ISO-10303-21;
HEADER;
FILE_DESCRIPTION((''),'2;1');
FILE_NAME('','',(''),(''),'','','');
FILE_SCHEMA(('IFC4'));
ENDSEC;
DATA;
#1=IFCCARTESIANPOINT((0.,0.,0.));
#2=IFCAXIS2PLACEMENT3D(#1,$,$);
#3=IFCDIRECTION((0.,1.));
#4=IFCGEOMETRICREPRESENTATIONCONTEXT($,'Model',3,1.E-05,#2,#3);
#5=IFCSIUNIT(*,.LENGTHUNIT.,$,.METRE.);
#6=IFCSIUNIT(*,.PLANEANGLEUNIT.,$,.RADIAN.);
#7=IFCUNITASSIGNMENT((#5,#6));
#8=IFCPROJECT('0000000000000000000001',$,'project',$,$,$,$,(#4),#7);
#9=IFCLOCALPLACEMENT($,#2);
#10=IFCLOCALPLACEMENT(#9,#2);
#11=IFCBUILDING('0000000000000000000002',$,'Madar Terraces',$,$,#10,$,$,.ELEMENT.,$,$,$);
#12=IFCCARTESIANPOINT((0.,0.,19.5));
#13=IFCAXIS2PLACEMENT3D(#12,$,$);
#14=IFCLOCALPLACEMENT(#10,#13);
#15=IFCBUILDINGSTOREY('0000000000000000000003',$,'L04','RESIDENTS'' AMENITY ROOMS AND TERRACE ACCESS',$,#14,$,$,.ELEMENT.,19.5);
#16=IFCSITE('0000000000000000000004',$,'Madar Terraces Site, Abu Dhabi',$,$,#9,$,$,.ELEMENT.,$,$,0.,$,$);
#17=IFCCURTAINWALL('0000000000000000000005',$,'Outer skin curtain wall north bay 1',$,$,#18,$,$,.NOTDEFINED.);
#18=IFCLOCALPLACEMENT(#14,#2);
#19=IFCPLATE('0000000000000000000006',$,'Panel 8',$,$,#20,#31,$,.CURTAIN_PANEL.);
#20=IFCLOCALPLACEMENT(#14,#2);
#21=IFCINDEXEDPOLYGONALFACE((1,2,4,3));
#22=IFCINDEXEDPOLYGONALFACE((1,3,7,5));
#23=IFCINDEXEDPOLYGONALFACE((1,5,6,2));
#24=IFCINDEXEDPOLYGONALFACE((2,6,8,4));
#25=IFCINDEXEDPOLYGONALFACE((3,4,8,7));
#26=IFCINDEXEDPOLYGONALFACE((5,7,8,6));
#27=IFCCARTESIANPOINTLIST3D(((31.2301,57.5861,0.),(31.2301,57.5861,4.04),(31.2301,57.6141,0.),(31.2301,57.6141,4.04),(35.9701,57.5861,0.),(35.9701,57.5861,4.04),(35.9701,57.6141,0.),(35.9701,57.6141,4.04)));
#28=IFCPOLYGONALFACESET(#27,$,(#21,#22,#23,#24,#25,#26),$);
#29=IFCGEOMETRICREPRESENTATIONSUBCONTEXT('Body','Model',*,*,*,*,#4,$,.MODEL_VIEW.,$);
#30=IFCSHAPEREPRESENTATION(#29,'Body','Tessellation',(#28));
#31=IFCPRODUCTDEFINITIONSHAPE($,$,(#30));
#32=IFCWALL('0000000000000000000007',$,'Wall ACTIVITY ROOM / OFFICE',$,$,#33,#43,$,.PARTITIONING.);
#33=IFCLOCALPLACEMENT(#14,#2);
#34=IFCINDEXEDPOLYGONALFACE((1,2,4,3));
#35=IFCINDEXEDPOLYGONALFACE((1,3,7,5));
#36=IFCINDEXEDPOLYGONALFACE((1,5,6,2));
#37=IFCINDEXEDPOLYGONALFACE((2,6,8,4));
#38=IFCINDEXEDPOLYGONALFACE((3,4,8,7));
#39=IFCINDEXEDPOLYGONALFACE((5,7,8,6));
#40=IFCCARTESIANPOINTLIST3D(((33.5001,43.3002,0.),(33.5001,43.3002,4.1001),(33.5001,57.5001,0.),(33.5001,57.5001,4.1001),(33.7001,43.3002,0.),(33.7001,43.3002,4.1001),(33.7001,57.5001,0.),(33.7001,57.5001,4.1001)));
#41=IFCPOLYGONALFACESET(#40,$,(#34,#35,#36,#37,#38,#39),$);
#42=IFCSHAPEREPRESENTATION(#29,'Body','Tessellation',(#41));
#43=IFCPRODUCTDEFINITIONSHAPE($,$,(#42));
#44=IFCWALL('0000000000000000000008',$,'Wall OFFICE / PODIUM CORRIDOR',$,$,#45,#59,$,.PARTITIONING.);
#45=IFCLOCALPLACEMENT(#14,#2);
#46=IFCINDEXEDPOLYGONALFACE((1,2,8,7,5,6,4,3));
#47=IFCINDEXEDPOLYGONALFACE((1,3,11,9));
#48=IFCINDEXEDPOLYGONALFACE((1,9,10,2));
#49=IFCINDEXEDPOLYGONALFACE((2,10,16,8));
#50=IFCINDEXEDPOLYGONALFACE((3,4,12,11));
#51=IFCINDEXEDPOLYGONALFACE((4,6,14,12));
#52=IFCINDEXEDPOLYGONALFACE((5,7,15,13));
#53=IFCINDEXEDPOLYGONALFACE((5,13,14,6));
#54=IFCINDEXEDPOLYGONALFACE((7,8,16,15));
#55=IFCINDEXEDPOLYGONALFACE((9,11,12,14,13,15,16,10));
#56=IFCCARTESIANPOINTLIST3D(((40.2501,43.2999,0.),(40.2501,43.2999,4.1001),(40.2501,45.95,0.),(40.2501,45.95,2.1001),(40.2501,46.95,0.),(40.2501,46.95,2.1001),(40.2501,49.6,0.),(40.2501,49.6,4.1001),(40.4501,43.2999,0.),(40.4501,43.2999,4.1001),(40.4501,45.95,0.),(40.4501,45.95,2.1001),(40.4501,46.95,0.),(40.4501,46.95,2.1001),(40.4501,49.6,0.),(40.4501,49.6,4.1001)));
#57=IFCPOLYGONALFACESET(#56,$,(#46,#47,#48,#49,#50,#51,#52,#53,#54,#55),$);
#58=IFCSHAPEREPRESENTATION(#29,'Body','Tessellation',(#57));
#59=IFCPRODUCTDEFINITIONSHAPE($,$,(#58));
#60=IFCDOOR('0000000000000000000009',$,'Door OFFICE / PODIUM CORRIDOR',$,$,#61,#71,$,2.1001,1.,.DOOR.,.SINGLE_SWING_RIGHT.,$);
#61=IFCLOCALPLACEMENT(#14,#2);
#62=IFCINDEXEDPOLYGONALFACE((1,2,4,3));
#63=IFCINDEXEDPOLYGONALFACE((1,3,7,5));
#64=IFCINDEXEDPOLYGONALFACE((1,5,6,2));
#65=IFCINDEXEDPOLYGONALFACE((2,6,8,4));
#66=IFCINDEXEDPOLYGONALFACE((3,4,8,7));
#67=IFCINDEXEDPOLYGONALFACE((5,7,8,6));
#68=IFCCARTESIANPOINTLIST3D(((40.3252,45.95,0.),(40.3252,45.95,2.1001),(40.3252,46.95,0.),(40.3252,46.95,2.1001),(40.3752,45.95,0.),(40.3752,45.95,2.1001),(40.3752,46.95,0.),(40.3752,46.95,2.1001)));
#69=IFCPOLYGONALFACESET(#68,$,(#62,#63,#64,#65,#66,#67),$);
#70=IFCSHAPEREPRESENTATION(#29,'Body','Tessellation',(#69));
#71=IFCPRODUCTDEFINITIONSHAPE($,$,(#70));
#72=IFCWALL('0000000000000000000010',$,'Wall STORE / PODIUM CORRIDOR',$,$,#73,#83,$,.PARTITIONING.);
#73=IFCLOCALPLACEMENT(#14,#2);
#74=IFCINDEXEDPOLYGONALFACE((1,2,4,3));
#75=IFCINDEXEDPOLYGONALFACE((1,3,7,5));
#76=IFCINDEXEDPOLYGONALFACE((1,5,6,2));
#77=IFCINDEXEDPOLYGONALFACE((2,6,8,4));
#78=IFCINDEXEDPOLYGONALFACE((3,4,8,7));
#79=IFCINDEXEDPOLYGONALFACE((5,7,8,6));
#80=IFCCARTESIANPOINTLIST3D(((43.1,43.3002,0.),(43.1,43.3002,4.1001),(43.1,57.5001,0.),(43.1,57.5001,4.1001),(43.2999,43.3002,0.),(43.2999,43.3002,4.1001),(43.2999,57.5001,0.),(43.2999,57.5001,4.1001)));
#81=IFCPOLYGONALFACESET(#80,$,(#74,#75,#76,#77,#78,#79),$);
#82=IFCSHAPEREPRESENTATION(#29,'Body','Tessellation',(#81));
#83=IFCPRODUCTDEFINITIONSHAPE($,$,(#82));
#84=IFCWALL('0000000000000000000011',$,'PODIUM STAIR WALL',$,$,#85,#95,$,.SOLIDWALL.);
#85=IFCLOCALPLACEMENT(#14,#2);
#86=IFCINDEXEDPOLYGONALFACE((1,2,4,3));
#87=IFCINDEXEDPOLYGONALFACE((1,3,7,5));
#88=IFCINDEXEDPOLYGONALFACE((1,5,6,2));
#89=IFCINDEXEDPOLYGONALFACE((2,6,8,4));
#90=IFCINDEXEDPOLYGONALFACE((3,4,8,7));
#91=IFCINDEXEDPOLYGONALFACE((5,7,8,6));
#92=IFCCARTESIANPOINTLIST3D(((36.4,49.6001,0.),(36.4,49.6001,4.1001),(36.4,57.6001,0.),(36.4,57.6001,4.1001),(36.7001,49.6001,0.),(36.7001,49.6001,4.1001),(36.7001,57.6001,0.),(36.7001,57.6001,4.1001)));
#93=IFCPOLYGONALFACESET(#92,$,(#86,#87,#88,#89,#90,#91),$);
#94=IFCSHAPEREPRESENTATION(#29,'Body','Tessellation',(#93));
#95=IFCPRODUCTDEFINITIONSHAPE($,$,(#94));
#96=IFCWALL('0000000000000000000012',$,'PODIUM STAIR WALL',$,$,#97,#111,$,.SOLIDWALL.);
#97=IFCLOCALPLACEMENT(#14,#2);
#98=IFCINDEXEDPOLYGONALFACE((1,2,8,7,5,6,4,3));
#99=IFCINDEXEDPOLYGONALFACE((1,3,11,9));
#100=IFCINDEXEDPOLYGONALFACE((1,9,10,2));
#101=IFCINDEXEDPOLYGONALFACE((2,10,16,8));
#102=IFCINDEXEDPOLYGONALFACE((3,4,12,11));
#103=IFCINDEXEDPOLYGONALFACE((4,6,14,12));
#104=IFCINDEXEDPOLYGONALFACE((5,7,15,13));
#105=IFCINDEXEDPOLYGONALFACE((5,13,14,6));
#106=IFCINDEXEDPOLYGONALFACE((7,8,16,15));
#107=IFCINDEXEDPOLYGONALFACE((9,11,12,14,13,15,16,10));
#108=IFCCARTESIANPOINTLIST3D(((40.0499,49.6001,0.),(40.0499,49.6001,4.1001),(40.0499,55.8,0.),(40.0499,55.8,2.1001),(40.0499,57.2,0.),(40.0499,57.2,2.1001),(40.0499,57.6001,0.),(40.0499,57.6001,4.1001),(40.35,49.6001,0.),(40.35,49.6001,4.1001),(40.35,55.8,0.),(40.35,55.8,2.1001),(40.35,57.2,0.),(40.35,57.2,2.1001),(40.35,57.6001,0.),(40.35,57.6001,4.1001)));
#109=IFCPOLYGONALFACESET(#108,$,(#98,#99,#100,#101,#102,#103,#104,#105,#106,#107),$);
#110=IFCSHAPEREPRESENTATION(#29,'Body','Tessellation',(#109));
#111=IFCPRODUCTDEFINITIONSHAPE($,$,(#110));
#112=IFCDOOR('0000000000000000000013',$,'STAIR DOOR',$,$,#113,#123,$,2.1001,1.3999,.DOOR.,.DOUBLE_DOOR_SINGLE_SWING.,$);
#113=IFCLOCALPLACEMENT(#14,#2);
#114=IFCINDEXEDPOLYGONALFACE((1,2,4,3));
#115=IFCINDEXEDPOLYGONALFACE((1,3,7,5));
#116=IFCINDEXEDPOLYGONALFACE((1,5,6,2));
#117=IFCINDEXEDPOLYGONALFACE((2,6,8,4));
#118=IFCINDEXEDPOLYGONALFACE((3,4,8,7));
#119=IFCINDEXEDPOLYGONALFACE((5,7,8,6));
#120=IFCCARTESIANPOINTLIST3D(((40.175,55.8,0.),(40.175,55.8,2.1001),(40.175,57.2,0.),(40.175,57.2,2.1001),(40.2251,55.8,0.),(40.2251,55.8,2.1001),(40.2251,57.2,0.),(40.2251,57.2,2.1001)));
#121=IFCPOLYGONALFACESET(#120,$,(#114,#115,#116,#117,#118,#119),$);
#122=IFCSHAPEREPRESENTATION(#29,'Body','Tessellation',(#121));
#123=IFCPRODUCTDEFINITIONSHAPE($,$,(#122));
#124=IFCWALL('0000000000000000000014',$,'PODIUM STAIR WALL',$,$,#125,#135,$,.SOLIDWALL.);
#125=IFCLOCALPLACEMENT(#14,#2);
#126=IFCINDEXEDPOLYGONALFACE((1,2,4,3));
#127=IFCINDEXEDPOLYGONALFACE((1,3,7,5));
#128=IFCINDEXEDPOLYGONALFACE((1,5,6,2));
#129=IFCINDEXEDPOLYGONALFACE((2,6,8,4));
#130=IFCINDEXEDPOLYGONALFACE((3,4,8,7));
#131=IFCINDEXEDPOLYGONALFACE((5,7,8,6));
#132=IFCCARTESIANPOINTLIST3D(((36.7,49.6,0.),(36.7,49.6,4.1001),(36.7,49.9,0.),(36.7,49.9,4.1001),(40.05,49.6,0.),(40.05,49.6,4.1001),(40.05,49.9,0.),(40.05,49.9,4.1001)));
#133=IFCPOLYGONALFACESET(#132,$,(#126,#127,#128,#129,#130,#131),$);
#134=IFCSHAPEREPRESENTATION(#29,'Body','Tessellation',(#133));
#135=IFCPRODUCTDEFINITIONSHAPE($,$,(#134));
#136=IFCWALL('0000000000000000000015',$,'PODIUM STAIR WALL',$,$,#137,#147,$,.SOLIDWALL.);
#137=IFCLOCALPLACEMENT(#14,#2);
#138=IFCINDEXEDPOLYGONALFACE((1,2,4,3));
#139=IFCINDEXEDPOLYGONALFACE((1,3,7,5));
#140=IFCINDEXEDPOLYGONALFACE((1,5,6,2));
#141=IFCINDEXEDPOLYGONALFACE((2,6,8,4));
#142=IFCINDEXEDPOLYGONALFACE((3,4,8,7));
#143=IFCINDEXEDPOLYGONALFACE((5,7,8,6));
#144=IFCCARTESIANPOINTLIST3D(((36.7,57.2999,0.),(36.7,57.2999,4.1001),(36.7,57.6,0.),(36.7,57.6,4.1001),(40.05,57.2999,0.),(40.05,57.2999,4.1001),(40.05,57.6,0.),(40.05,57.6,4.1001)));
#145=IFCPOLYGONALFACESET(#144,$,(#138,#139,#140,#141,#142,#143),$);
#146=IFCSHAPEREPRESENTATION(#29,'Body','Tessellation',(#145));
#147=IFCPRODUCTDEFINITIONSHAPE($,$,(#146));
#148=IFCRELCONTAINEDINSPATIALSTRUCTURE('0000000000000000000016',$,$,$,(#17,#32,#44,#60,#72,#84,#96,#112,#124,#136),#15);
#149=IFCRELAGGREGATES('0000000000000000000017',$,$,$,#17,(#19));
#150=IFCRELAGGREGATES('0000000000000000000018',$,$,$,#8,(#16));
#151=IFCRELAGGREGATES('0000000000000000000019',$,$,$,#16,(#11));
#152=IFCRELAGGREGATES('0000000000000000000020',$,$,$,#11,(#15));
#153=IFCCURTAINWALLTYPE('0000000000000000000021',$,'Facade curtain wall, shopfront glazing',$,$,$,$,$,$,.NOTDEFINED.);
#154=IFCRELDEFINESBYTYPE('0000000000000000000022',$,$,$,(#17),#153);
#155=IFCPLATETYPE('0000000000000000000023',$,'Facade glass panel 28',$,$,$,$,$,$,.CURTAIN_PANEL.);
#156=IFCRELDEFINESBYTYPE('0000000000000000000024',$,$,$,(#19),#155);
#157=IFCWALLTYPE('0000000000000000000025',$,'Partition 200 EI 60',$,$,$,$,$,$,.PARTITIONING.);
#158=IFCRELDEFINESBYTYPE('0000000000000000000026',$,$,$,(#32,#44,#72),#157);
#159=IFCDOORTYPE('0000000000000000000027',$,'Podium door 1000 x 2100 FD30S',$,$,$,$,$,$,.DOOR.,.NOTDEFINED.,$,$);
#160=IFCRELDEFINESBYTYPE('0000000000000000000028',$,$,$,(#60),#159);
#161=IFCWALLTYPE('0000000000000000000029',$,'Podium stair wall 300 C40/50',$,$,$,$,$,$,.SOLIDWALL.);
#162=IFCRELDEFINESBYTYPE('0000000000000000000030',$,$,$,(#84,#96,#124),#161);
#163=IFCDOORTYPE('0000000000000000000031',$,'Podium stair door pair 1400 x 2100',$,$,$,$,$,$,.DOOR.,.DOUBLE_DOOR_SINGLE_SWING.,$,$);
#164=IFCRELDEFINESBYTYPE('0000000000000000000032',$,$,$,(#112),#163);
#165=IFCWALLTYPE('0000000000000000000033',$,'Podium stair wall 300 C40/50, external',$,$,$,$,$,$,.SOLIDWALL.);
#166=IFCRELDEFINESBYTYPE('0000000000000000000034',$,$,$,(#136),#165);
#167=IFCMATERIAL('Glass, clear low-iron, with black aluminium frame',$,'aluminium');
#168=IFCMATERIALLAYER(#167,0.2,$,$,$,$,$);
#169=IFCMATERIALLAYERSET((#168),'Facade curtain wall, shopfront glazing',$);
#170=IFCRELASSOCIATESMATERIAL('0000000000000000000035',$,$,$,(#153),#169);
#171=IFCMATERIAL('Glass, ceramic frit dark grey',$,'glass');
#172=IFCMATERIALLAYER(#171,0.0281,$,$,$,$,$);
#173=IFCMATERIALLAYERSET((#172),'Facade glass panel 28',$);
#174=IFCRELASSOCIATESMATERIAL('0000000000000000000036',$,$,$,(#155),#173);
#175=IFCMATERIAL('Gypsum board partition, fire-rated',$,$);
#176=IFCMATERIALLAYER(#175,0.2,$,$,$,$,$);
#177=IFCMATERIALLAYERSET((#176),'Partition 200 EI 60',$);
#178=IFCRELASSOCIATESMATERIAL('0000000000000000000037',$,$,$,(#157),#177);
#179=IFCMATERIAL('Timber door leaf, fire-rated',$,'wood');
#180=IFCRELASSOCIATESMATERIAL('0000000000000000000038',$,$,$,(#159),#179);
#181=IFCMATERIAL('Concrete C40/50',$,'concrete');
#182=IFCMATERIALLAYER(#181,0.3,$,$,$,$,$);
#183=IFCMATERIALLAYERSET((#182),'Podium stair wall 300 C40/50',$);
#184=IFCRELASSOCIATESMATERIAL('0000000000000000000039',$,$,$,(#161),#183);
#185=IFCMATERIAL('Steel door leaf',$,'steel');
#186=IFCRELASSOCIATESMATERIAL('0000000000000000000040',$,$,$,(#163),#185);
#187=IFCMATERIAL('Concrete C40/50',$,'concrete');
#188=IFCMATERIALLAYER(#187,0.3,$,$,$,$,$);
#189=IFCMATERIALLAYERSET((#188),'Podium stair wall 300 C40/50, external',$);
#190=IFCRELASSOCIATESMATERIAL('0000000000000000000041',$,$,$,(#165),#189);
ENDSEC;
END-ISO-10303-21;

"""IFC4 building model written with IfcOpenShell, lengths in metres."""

from ifc_helpers import new_model, si_unit, direction, frame, frame_2d, origin, origin_2d, place, context, subcontext, project, spatial, rectangle, extrude, material, layer, layer_set, type_object, element, fill, aggregate, save


model = new_model("IFC4")

# Units and contexts
model_context = context("Model", 3, precision=1e-05, world=origin(), true_north=direction((0.0, 1.0)))
body_context = subcontext(model_context, "Body", "Model", "MODEL_VIEW")
ifc_project = project(units=[si_unit("LENGTHUNIT", "METRE"), si_unit("PLANEANGLEUNIT", "RADIAN")], contexts=[model_context])

# Site, building, storey
site_placement = place(None, origin())
site = spatial("IfcSite", under=ifc_project, at=site_placement, Name="Madar Terraces Site, Abu Dhabi", CompositionType="ELEMENT", RefElevation=0.0)
building_placement = place(site_placement, origin())
building = spatial("IfcBuilding", under=site, at=building_placement, Name="Madar Terraces", CompositionType="ELEMENT")
storey_placement = place(building_placement, frame((0.0, 0.0, 19.5)))
storey = spatial("IfcBuildingStorey", under=building, at=storey_placement, Name="L04", Description="RESIDENTS' AMENITY ROOMS AND TERRACE ACCESS", CompositionType="ELEMENT", Elevation=19.5)

# Curtain wall, plate
ifc_material_1 = material(Name="Glass, clear low-iron, with black aluminium frame", Category="aluminium")
ifc_layer_1 = layer(ifc_material_1, 0.2)
ifc_layer_set_1 = layer_set([ifc_layer_1], Name="Facade curtain wall, shopfront glazing")
curtain_wall_type = type_object("IfcCurtainWallType", Name="Facade curtain wall, shopfront glazing", PredefinedType="NOTDEFINED", material=ifc_layer_set_1)
curtain_wall_placement = place(storey_placement, origin())
curtain_wall = element("IfcCurtainWall", 1, at=curtain_wall_placement, inside=storey, type_object=curtain_wall_type, Name="Outer skin curtain wall north bay 1", PredefinedType="NOTDEFINED")
ifc_material_2 = material(Name="Glass, ceramic frit dark grey", Category="glass")
ifc_layer_2 = layer(ifc_material_2, 0.0281)
ifc_layer_set_2 = layer_set([ifc_layer_2], Name="Facade glass panel 28")
plate_type = type_object("IfcPlateType", Name="Facade glass panel 28", PredefinedType="CURTAIN_PANEL", material=ifc_layer_set_2)
plate_1_placement = place(storey_placement, frame((33.6001, 57.6001, 0.0), z_axis=(0.0, 0.0, 1.0), x_axis=(-1.0, 0.0, 0.0)))
plate_1 = element("IfcPlate", 2, at=plate_1_placement, type_object=plate_type, Name="Panel 8", PredefinedType="CURTAIN_PANEL", context=body_context, shape_type="SweptSolid", body=[
    extrude(rectangle(XDim=4.74, YDim=0.0281, at=origin_2d()), origin(), (0.0, 0.0, 1.0), 4.04),
])
aggregate(curtain_wall, [plate_1])

# Wall
ifc_material_3 = material(Name="Gypsum board partition, fire-rated")
ifc_layer_3 = layer(ifc_material_3, 0.2)
ifc_layer_set_3 = layer_set([ifc_layer_3], Name="Partition 200 EI 60")
wall_type_1 = type_object("IfcWallType", Name="Partition 200 EI 60", PredefinedType="PARTITIONING", material=ifc_layer_set_3)
wall_1_placement = place(storey_placement, frame((33.6001, 43.3, 0.0), z_axis=(0.0, 0.0, 1.0), x_axis=(0.0, 1.0, 0.0)))
element("IfcWall", 3, at=wall_1_placement, inside=storey, type_object=wall_type_1, Name="Wall ACTIVITY ROOM / OFFICE", PredefinedType="PARTITIONING", context=body_context, shape_type="SweptSolid", body=[
    extrude(rectangle(XDim=14.2, YDim=0.2, at=frame_2d((7.1001, 0.0))), origin(), (0.0, 0.0, 1.0), 4.1001),
])

# Wall, opening, door
wall_2_placement = place(storey_placement, frame((40.3501, 43.3, 0.0), z_axis=(0.0, 0.0, 1.0), x_axis=(0.0, 1.0, 0.0)))
wall_2 = element("IfcWall", 4, at=wall_2_placement, inside=storey, type_object=wall_type_1, Name="Wall OFFICE / PODIUM CORRIDOR", PredefinedType="PARTITIONING", context=body_context, shape_type="SweptSolid", body=[
    extrude(rectangle(XDim=6.3, YDim=0.2, at=frame_2d((3.1499, 0.0))), origin(), (0.0, 0.0, 1.0), 4.1001),
])
opening_1_placement = place(wall_2_placement, frame((2.6499, 0.0, 0.0)))
opening_1 = element("IfcOpeningElement", 5, at=opening_1_placement, cuts=wall_2, PredefinedType="OPENING", context=body_context, shape_type="SweptSolid", body=[
    extrude(rectangle(XDim=1.0, YDim=2.1001, at=frame_2d((0.5, 1.05))), frame((0.0, 0.1099, 0.0), z_axis=(0.0, -1.0, 0.0), x_axis=(1.0, 0.0, 0.0)), (0.0, 0.0, 1.0), 0.22),
])
ifc_material_4 = material(Name="Timber door leaf, fire-rated", Category="wood")
door_type_1 = type_object("IfcDoorType", Name="Podium door 1000 x 2100 FD30S", OperationType="NOTDEFINED", PredefinedType="DOOR", material=ifc_material_4)
door_1_placement = place(opening_1_placement, origin())
door_1 = element("IfcDoor", 6, at=door_1_placement, inside=storey, type_object=door_type_1, Name="Door OFFICE / PODIUM CORRIDOR", OperationType="SINGLE_SWING_RIGHT", OverallHeight=2.1001, OverallWidth=1.0, PredefinedType="DOOR", context=body_context, shape_type="SweptSolid", body=[
    extrude(rectangle(XDim=1.0, YDim=2.1001, at=frame_2d((0.5, 1.05))), frame((0.0, 0.0249, 0.0), z_axis=(0.0, -1.0, 0.0), x_axis=(1.0, 0.0, 0.0)), (0.0, 0.0, 1.0), 0.05),
])
fill(opening_1, door_1)

# Walls
wall_3_placement = place(storey_placement, frame((43.2, 43.3, 0.0), z_axis=(0.0, 0.0, 1.0), x_axis=(0.0, 1.0, 0.0)))
element("IfcWall", 7, at=wall_3_placement, inside=storey, type_object=wall_type_1, Name="Wall STORE / PODIUM CORRIDOR", PredefinedType="PARTITIONING", context=body_context, shape_type="SweptSolid", body=[
    extrude(rectangle(XDim=14.2, YDim=0.2, at=frame_2d((7.1001, 0.0))), origin(), (0.0, 0.0, 1.0), 4.1001),
])
ifc_material_5 = material(Name="Concrete C40/50", Category="concrete")
ifc_layer_4 = layer(ifc_material_5, 0.3)
ifc_layer_set_4 = layer_set([ifc_layer_4], Name="Podium stair wall 300 C40/50")
wall_type_2 = type_object("IfcWallType", Name="Podium stair wall 300 C40/50", PredefinedType="SOLIDWALL", material=ifc_layer_set_4)
wall_4_placement = place(storey_placement, frame((36.55, 49.6001, 0.0), z_axis=(0.0, 0.0, 1.0), x_axis=(0.0, 1.0, 0.0)))
element("IfcWall", 8, at=wall_4_placement, inside=storey, type_object=wall_type_2, Name="PODIUM STAIR WALL", PredefinedType="SOLIDWALL", context=body_context, shape_type="SweptSolid", body=[
    extrude(rectangle(XDim=8.0, YDim=0.3, at=frame_2d((4.0, 0.0))), origin(), (0.0, 0.0, 1.0), 4.1001),
])

# Wall, opening, door
wall_5_placement = place(storey_placement, frame((40.2, 49.6001, 0.0), z_axis=(0.0, 0.0, 1.0), x_axis=(0.0, 1.0, 0.0)))
wall_5 = element("IfcWall", 9, at=wall_5_placement, inside=storey, type_object=wall_type_2, Name="PODIUM STAIR WALL", PredefinedType="SOLIDWALL", context=body_context, shape_type="SweptSolid", body=[
    extrude(rectangle(XDim=8.0, YDim=0.3, at=frame_2d((4.0, 0.0))), origin(), (0.0, 0.0, 1.0), 4.1001),
])
opening_2_placement = place(wall_5_placement, frame((6.2, 0.0, 0.0)))
opening_2 = element("IfcOpeningElement", 10, at=opening_2_placement, cuts=wall_5, PredefinedType="OPENING", context=body_context, shape_type="SweptSolid", body=[
    extrude(rectangle(XDim=1.3999, YDim=2.1001, at=frame_2d((0.7, 1.05))), frame((0.0, 0.1599, 0.0), z_axis=(0.0, -1.0, 0.0), x_axis=(1.0, 0.0, 0.0)), (0.0, 0.0, 1.0), 0.3201),
])
ifc_material_6 = material(Name="Steel door leaf", Category="steel")
door_type_2 = type_object("IfcDoorType", Name="Podium stair door pair 1400 x 2100", OperationType="DOUBLE_DOOR_SINGLE_SWING", PredefinedType="DOOR", material=ifc_material_6)
door_2_placement = place(opening_2_placement, origin())
door_2 = element("IfcDoor", 11, at=door_2_placement, inside=storey, type_object=door_type_2, Name="STAIR DOOR", OperationType="DOUBLE_DOOR_SINGLE_SWING", OverallHeight=2.1001, OverallWidth=1.3999, PredefinedType="DOOR", context=body_context, shape_type="SweptSolid", body=[
    extrude(rectangle(XDim=1.3999, YDim=2.1001, at=frame_2d((0.7, 1.05))), frame((0.0, 0.0249, 0.0), z_axis=(0.0, -1.0, 0.0), x_axis=(1.0, 0.0, 0.0)), (0.0, 0.0, 1.0), 0.05),
])
fill(opening_2, door_2)

# Walls
wall_6_placement = place(storey_placement, frame((36.7, 49.75, 0.0), z_axis=(0.0, 0.0, 1.0), x_axis=(1.0, 0.0, 0.0)))
element("IfcWall", 12, at=wall_6_placement, inside=storey, type_object=wall_type_2, Name="PODIUM STAIR WALL", PredefinedType="SOLIDWALL", context=body_context, shape_type="SweptSolid", body=[
    extrude(rectangle(XDim=3.3501, YDim=0.3, at=frame_2d((1.675, 0.0))), origin(), (0.0, 0.0, 1.0), 4.1001),
])
ifc_material_7 = material(Name="Concrete C40/50", Category="concrete")
ifc_layer_5 = layer(ifc_material_7, 0.3)
ifc_layer_set_5 = layer_set([ifc_layer_5], Name="Podium stair wall 300 C40/50, external")
wall_type_3 = type_object("IfcWallType", Name="Podium stair wall 300 C40/50, external", PredefinedType="SOLIDWALL", material=ifc_layer_set_5)
wall_7_placement = place(storey_placement, frame((36.7, 57.45, 0.0), z_axis=(0.0, 0.0, 1.0), x_axis=(1.0, 0.0, 0.0)))
element("IfcWall", 13, at=wall_7_placement, inside=storey, type_object=wall_type_3, Name="PODIUM STAIR WALL", PredefinedType="SOLIDWALL", context=body_context, shape_type="SweptSolid", body=[
    extrude(rectangle(XDim=3.3501, YDim=0.3, at=frame_2d((1.675, 0.0))), origin(), (0.0, 0.0, 1.0), 4.1001),
])

save(model, "model.ifc")
